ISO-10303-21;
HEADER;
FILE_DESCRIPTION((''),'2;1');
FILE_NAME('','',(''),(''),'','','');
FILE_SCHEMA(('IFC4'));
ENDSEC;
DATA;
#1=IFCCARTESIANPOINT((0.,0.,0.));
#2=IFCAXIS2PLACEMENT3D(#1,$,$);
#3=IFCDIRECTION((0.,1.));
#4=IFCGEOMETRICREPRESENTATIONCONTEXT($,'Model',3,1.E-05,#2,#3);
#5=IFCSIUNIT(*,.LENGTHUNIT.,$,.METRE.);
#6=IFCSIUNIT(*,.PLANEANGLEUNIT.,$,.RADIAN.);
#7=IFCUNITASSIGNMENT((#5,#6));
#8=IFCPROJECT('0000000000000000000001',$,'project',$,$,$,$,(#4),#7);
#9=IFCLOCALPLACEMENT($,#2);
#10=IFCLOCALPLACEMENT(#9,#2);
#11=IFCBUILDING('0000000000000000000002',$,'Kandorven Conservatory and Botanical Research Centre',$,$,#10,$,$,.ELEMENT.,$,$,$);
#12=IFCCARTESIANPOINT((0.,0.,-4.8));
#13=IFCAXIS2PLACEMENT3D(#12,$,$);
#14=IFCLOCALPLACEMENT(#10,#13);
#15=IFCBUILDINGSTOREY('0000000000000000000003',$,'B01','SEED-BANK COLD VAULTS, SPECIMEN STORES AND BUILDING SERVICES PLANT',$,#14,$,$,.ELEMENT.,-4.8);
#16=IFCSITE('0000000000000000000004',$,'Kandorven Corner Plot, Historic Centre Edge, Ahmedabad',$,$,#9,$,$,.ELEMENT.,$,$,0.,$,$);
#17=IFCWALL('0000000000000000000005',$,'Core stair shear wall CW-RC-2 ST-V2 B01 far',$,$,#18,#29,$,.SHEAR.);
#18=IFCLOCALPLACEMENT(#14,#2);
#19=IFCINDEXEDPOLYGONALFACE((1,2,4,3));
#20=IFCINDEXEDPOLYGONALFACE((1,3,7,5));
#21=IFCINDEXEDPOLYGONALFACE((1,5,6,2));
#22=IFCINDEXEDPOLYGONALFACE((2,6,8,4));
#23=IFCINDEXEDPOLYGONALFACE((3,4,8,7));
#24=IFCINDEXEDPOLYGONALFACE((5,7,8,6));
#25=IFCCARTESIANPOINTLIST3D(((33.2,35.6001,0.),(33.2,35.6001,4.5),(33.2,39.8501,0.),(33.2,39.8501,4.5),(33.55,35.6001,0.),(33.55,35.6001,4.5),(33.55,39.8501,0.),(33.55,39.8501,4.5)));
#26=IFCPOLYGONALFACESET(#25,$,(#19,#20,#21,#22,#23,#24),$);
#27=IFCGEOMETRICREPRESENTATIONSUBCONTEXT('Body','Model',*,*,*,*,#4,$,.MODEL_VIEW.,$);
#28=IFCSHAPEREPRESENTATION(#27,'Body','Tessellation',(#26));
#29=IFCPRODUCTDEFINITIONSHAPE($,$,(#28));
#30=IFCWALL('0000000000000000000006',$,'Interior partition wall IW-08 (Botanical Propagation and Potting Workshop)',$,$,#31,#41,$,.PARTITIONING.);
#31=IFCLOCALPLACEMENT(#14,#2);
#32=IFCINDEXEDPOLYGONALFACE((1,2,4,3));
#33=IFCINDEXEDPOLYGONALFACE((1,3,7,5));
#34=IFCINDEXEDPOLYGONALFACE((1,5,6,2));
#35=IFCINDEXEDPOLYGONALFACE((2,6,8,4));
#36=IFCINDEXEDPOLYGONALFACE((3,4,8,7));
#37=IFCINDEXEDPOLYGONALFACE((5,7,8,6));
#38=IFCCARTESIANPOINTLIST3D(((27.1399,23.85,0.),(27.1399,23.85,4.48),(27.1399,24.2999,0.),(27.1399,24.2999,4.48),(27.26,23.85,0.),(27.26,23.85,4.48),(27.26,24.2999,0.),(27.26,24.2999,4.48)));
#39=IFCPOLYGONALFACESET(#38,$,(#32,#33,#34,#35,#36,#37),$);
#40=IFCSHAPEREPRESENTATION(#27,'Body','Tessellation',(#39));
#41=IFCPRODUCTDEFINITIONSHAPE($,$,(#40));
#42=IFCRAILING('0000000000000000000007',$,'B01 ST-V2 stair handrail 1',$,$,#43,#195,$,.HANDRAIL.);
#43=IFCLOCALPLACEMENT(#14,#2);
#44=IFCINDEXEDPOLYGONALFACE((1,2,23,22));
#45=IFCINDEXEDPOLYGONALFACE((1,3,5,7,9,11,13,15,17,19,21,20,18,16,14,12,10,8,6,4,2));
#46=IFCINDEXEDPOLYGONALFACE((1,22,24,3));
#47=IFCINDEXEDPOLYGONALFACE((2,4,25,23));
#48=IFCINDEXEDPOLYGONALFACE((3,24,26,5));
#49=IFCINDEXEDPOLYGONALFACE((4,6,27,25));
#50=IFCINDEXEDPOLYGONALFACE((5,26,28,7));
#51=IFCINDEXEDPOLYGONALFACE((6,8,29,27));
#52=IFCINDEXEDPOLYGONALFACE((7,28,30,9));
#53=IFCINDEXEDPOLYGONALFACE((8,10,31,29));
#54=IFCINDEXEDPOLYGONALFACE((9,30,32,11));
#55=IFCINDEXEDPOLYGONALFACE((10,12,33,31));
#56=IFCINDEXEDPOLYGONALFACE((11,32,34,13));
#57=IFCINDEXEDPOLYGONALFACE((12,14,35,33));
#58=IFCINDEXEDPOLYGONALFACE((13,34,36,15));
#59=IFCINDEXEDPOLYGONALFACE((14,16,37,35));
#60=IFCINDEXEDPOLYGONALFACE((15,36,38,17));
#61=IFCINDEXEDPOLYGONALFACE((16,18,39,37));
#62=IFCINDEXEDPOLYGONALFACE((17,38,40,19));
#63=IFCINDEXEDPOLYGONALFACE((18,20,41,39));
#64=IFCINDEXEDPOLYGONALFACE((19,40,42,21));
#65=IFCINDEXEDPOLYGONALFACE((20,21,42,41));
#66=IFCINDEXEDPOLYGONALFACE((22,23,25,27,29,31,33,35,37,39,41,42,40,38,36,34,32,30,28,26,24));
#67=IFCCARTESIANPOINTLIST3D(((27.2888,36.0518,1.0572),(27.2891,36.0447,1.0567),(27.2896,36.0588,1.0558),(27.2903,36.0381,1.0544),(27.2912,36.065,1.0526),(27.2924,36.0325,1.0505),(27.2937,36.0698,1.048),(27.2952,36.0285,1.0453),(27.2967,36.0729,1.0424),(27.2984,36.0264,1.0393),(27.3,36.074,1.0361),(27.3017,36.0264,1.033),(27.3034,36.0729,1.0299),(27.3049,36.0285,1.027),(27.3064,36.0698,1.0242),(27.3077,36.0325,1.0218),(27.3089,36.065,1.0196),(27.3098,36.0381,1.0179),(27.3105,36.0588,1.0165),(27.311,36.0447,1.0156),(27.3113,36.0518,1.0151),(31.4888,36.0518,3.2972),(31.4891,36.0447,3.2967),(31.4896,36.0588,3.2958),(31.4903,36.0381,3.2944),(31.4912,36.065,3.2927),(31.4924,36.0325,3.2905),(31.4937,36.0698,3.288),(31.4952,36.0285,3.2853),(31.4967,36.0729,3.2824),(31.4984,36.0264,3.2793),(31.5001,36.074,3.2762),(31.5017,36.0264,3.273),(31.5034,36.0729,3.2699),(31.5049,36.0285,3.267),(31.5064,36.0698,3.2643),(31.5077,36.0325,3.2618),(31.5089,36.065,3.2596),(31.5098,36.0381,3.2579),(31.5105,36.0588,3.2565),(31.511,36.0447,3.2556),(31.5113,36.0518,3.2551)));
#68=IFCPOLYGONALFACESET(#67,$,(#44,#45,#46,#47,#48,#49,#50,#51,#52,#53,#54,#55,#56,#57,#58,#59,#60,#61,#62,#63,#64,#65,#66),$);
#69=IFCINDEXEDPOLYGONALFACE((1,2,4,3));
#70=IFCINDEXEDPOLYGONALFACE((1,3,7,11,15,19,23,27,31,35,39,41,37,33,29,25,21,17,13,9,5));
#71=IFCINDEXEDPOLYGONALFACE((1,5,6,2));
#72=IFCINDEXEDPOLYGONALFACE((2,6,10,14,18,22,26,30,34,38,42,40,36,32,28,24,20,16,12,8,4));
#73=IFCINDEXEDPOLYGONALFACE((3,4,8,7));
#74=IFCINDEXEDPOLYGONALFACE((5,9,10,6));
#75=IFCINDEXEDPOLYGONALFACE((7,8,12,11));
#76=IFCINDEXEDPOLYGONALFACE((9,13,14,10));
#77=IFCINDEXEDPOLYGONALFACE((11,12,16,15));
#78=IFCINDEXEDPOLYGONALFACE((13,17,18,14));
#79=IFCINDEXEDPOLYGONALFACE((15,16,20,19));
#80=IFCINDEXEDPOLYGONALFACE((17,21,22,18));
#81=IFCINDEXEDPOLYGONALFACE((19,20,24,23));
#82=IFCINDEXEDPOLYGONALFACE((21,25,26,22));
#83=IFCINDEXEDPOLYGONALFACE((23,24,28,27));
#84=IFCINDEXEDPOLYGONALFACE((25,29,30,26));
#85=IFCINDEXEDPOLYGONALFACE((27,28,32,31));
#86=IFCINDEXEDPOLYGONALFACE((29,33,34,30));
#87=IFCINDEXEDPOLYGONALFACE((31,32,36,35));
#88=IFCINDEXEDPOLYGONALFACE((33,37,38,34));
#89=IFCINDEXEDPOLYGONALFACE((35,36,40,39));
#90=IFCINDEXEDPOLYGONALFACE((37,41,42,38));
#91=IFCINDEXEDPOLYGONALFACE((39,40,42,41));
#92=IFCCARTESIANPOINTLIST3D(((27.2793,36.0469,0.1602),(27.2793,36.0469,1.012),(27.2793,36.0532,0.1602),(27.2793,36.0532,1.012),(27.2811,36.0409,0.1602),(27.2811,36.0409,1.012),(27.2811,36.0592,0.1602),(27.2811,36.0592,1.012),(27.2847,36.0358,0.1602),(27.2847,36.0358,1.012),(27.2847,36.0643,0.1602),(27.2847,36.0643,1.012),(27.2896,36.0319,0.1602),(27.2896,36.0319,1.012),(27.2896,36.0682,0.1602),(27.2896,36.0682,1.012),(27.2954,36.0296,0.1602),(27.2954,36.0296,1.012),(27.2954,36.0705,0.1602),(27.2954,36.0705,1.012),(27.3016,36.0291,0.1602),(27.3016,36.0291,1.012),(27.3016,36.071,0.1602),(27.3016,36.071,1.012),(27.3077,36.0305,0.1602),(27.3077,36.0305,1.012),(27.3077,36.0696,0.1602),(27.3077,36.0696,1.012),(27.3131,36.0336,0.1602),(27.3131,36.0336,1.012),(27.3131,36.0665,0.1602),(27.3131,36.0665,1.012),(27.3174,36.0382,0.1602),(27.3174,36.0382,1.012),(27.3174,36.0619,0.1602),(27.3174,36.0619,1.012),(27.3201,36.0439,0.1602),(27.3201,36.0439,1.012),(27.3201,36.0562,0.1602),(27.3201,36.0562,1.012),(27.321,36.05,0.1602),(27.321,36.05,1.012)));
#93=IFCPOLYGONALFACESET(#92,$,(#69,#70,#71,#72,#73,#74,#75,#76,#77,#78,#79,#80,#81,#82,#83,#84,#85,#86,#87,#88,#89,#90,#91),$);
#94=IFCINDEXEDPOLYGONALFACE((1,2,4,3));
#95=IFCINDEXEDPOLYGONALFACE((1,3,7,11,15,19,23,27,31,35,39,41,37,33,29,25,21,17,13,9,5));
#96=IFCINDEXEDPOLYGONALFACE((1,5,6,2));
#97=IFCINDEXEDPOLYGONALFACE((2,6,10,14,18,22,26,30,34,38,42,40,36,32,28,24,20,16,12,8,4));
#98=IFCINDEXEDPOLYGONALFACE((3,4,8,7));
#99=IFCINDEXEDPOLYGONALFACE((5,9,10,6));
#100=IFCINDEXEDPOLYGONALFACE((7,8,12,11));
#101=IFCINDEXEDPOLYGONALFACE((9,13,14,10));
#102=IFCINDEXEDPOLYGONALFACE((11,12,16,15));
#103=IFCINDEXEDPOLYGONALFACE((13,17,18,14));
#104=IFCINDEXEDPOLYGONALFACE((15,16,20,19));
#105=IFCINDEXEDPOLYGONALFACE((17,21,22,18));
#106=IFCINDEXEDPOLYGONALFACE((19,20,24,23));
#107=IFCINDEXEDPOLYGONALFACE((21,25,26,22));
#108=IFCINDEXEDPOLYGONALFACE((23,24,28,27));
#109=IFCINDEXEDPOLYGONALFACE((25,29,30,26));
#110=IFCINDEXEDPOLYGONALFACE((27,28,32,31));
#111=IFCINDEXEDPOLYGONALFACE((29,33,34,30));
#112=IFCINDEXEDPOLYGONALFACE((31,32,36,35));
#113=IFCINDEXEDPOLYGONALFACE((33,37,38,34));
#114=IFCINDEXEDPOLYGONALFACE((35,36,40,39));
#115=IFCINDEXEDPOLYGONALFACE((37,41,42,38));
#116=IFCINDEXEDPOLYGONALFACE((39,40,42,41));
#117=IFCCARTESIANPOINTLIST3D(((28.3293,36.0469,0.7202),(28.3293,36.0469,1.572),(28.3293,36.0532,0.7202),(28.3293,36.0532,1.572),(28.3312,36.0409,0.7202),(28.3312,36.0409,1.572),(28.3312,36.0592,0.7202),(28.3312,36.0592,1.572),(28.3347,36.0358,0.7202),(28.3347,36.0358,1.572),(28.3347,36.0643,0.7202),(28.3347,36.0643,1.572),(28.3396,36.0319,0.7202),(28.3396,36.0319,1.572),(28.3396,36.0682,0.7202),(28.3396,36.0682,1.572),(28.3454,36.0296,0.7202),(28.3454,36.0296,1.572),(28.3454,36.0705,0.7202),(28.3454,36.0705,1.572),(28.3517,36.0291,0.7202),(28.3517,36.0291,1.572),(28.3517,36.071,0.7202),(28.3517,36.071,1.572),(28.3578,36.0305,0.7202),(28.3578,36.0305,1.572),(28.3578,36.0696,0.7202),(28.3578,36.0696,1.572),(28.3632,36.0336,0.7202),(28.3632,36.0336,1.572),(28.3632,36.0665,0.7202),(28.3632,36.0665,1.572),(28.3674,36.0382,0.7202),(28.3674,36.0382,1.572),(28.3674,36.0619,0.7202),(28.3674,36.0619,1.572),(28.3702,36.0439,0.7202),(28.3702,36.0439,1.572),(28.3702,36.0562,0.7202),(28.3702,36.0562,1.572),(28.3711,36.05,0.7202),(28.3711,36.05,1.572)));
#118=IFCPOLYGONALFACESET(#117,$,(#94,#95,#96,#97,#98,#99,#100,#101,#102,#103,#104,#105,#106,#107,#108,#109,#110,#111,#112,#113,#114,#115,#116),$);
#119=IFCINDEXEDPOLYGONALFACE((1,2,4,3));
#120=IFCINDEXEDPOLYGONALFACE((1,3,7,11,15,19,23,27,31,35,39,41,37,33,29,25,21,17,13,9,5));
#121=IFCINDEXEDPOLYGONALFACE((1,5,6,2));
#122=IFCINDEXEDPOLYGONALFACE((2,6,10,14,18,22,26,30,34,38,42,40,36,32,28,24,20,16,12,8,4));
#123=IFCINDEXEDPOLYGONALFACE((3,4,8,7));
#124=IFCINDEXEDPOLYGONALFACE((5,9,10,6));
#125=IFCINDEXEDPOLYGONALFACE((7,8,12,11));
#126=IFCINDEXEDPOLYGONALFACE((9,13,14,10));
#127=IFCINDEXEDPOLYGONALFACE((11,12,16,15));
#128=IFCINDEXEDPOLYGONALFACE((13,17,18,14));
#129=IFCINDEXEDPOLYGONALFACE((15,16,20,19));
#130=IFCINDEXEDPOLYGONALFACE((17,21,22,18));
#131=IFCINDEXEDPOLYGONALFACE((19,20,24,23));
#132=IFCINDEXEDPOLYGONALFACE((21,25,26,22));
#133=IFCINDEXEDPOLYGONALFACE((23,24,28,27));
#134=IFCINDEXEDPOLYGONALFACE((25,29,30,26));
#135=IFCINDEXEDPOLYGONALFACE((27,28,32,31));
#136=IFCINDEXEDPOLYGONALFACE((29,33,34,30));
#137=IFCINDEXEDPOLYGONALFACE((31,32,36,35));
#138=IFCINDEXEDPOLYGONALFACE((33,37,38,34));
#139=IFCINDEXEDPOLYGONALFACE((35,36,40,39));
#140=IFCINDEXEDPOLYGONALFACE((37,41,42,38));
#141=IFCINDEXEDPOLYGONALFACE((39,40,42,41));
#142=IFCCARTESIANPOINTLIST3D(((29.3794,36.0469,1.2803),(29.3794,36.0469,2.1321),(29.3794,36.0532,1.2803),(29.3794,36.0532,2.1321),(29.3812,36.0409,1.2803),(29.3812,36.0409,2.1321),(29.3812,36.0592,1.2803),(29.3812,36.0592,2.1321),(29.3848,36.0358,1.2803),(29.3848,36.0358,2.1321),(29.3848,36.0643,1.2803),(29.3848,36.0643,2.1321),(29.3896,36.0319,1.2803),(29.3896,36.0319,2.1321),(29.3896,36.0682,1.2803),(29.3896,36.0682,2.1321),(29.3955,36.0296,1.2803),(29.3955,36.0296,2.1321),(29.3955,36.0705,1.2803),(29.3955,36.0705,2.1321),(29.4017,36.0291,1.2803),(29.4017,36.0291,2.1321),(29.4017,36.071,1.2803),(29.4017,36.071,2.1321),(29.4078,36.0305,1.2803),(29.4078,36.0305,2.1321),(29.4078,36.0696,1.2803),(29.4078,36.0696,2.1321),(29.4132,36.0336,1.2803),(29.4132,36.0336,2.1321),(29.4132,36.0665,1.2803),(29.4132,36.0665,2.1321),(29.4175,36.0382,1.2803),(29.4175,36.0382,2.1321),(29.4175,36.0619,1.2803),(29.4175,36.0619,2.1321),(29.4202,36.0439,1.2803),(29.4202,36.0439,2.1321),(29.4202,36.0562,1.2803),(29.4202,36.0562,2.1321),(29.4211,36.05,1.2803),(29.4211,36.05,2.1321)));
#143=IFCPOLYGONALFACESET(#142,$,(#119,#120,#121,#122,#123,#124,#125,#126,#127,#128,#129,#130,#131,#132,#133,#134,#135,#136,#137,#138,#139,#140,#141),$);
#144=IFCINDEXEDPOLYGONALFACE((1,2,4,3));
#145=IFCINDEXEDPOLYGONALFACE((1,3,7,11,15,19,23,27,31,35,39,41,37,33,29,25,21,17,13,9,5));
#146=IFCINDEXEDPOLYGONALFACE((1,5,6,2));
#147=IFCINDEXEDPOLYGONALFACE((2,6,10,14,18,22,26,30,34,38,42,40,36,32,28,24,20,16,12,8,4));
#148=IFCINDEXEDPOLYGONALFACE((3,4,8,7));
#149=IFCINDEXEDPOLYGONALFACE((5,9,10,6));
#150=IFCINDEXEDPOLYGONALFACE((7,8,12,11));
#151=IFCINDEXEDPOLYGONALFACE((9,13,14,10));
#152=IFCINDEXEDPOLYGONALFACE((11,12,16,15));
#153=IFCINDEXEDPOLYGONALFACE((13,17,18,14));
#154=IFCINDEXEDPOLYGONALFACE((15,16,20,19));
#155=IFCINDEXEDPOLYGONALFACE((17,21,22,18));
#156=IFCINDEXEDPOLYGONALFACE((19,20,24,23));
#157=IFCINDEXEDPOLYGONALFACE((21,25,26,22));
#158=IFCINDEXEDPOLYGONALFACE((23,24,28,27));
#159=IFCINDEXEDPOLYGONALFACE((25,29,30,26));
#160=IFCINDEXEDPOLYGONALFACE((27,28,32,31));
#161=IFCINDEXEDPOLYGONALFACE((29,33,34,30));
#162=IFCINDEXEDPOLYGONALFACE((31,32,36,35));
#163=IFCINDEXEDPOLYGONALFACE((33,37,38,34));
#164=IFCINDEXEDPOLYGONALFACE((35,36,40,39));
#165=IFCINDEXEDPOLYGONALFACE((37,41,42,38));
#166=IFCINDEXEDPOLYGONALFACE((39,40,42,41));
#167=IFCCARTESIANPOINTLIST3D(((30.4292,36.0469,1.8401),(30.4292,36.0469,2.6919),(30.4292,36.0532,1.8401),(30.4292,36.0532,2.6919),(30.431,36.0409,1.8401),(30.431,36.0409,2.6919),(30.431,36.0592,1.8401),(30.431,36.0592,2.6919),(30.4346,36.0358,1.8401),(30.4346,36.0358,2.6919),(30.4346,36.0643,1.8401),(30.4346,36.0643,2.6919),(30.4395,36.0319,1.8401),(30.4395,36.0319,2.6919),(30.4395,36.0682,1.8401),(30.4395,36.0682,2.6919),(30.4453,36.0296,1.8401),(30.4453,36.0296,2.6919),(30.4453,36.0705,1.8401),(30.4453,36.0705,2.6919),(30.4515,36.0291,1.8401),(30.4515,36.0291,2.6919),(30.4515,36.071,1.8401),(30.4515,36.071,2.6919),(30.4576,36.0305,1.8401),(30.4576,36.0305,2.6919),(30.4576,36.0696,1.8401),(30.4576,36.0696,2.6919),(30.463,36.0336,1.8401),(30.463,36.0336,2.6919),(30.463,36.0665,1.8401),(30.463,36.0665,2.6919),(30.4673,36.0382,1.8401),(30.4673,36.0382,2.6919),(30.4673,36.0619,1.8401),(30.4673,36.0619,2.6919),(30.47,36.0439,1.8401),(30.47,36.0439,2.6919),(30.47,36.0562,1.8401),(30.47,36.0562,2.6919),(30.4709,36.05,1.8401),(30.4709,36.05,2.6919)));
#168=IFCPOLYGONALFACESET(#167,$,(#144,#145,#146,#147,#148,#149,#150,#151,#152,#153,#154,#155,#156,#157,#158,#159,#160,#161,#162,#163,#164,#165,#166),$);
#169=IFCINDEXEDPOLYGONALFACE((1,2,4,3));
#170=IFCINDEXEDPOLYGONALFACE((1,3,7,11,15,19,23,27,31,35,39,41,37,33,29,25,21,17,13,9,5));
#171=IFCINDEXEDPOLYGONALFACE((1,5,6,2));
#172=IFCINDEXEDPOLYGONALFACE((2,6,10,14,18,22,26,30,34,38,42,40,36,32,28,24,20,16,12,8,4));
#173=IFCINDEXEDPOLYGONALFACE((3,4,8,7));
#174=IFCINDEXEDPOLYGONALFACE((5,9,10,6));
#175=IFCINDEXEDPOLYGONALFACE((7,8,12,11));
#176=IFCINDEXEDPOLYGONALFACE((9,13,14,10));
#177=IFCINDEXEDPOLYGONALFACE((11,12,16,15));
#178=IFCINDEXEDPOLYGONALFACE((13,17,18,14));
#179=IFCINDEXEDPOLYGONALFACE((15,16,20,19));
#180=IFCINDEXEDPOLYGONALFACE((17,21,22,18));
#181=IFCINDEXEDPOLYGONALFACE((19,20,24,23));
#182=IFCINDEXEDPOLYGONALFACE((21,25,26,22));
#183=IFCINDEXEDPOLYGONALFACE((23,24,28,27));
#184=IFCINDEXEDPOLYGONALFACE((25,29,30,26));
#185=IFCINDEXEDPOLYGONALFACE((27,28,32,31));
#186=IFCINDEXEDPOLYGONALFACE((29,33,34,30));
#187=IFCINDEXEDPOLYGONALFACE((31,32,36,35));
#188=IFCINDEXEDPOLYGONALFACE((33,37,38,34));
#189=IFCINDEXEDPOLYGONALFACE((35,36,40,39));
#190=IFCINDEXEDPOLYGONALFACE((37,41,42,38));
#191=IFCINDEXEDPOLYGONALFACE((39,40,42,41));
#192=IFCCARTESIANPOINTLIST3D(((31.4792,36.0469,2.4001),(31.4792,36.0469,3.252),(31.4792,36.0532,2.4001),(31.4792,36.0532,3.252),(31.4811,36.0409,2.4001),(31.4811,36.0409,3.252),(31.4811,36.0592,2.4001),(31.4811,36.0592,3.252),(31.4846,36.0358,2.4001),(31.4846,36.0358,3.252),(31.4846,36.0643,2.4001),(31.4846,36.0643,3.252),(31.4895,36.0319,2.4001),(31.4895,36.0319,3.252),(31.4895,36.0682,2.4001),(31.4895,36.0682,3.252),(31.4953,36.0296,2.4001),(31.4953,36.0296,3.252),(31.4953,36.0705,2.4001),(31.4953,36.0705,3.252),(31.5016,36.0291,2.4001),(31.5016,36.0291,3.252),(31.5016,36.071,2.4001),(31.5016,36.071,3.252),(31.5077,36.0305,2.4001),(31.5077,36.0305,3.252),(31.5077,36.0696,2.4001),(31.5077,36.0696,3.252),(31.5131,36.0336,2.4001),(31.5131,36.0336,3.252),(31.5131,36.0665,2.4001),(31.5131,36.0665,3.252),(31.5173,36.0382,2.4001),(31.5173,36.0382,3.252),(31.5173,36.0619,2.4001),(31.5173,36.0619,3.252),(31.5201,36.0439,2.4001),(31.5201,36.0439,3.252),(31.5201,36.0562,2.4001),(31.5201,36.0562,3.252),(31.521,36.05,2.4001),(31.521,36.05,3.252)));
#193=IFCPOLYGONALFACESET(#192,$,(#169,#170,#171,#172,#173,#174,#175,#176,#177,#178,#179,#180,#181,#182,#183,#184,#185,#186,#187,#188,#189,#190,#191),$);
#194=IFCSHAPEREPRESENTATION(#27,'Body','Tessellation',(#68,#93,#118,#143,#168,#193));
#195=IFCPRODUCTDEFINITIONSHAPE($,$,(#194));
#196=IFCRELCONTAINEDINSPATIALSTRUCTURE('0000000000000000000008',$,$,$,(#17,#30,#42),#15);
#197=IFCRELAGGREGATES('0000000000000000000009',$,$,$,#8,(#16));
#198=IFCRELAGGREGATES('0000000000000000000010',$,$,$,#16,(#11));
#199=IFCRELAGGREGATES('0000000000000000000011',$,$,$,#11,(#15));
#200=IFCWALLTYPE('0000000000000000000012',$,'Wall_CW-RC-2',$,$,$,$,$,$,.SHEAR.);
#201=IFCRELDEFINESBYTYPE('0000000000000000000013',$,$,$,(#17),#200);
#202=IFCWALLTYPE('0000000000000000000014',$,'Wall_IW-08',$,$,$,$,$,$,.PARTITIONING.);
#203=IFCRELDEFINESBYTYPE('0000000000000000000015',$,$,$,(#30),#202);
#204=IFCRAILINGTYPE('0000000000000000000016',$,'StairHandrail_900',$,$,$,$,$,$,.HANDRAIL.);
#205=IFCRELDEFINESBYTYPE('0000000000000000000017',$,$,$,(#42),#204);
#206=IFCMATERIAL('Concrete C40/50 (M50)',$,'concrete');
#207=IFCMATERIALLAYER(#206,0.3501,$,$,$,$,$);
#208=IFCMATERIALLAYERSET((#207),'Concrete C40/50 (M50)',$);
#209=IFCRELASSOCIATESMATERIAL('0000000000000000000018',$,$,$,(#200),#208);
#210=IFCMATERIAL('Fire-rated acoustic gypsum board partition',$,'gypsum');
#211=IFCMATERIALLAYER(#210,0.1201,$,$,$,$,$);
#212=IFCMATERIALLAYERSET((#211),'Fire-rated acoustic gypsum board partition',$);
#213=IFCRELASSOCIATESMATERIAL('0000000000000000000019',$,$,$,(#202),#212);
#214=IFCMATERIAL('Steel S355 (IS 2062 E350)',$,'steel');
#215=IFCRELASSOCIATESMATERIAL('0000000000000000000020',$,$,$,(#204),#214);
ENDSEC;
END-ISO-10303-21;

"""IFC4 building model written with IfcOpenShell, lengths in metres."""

from ifc_helpers import new_model, si_unit, direction, frame, frame_2d, origin, origin_2d, place, context, subcontext, project, spatial, rectangle, circle, extrude, material, layer, layer_set, type_object, element, save


model = new_model("IFC4")

# Units and contexts
model_context = context("Model", 3, precision=1e-05, world=origin(), true_north=direction((0.0, 1.0)))
body_context = subcontext(model_context, "Body", "Model", "MODEL_VIEW")
ifc_project = project(units=[si_unit("LENGTHUNIT", "METRE"), si_unit("PLANEANGLEUNIT", "RADIAN")], contexts=[model_context])

# Site, building, storey
site_placement = place(None, origin())
site = spatial("IfcSite", under=ifc_project, at=site_placement, Name="Kandorven Corner Plot, Historic Centre Edge, Ahmedabad", CompositionType="ELEMENT", RefElevation=0.0)
building_placement = place(site_placement, origin())
building = spatial("IfcBuilding", under=site, at=building_placement, Name="Kandorven Conservatory and Botanical Research Centre", CompositionType="ELEMENT")
storey_placement = place(building_placement, frame((0.0, 0.0, -4.8)))
storey = spatial("IfcBuildingStorey", under=building, at=storey_placement, Name="B01", Description="SEED-BANK COLD VAULTS, SPECIMEN STORES AND BUILDING SERVICES PLANT", CompositionType="ELEMENT", Elevation=-4.8)

# Walls
ifc_material_1 = material(Name="Concrete C40/50 (M50)", Category="concrete")
ifc_layer_1 = layer(ifc_material_1, 0.3501)
ifc_layer_set_1 = layer_set([ifc_layer_1], Name="Concrete C40/50 (M50)")
wall_type_1 = type_object("IfcWallType", Name="Wall_CW-RC-2", PredefinedType="SHEAR", material=ifc_layer_set_1)
wall_1_placement = place(storey_placement, frame((33.375, 35.6001, 0.0), z_axis=(0.0, 0.0, 1.0), x_axis=(0.0, 1.0, 0.0)))
element("IfcWall", 1, at=wall_1_placement, inside=storey, type_object=wall_type_1, Name="Core stair shear wall CW-RC-2 ST-V2 B01 far", PredefinedType="SHEAR", context=body_context, shape_type="SweptSolid", body=[
    extrude(rectangle(XDim=4.25, YDim=0.3501, at=frame_2d((2.125, 0.0))), origin(), (0.0, 0.0, 1.0), 4.5),
])
ifc_material_2 = material(Name="Fire-rated acoustic gypsum board partition", Category="gypsum")
ifc_layer_2 = layer(ifc_material_2, 0.1201)
ifc_layer_set_2 = layer_set([ifc_layer_2], Name="Fire-rated acoustic gypsum board partition")
wall_type_2 = type_object("IfcWallType", Name="Wall_IW-08", PredefinedType="PARTITIONING", material=ifc_layer_set_2)
wall_2_placement = place(storey_placement, frame((27.2, 24.3, 0.0), z_axis=(0.0, 0.0, 1.0), x_axis=(0.0, -1.0, 0.0)))
element("IfcWall", 2, at=wall_2_placement, inside=storey, type_object=wall_type_2, Name="Interior partition wall IW-08 (Botanical Propagation and Potting Workshop)", PredefinedType="PARTITIONING", context=body_context, shape_type="SweptSolid", body=[
    extrude(rectangle(XDim=0.45, YDim=0.1201, at=frame_2d((0.2251, 0.0))), origin(), (0.0, 0.0, 1.0), 4.48),
])

# Railing
ifc_material_3 = material(Name="Steel S355 (IS 2062 E350)", Category="steel")
railing_type = type_object("IfcRailingType", Name="StairHandrail_900", PredefinedType="HANDRAIL", material=ifc_material_3)
railing_placement = place(storey_placement, frame((27.3, 36.05, 0.1602)))
element("IfcRailing", 3, at=railing_placement, inside=storey, type_object=railing_type, Name="B01 ST-V2 stair handrail 1", PredefinedType="HANDRAIL", context=body_context, shape_type="SweptSolid", body=[
    extrude(circle(Radius=0.0239, at=origin_2d()), frame((0.0, 0.0, 0.876), z_axis=(0.882352, 0.0, 0.470591), x_axis=(0.0, 1.0, 0.0)), (0.0, 0.0, 1.0), 4.76),
    extrude(circle(Radius=0.021, at=origin_2d()), origin(), (0.0, 0.0, 1.0), 0.8518),
    extrude(circle(Radius=0.021, at=origin_2d()), frame((1.05, 0.0, 0.5601)), (0.0, 0.0, 1.0), 0.8518),
    extrude(circle(Radius=0.021, at=origin_2d()), frame((2.1001, 0.0, 1.1201)), (0.0, 0.0, 1.0), 0.8518),
    extrude(circle(Radius=0.021, at=origin_2d()), frame((3.1499, 0.0, 1.6799)), (0.0, 0.0, 1.0), 0.8518),
    extrude(circle(Radius=0.021, at=origin_2d()), frame((4.2, 0.0, 2.24)), (0.0, 0.0, 1.0), 0.8518),
])

save(model, "model.ifc")
